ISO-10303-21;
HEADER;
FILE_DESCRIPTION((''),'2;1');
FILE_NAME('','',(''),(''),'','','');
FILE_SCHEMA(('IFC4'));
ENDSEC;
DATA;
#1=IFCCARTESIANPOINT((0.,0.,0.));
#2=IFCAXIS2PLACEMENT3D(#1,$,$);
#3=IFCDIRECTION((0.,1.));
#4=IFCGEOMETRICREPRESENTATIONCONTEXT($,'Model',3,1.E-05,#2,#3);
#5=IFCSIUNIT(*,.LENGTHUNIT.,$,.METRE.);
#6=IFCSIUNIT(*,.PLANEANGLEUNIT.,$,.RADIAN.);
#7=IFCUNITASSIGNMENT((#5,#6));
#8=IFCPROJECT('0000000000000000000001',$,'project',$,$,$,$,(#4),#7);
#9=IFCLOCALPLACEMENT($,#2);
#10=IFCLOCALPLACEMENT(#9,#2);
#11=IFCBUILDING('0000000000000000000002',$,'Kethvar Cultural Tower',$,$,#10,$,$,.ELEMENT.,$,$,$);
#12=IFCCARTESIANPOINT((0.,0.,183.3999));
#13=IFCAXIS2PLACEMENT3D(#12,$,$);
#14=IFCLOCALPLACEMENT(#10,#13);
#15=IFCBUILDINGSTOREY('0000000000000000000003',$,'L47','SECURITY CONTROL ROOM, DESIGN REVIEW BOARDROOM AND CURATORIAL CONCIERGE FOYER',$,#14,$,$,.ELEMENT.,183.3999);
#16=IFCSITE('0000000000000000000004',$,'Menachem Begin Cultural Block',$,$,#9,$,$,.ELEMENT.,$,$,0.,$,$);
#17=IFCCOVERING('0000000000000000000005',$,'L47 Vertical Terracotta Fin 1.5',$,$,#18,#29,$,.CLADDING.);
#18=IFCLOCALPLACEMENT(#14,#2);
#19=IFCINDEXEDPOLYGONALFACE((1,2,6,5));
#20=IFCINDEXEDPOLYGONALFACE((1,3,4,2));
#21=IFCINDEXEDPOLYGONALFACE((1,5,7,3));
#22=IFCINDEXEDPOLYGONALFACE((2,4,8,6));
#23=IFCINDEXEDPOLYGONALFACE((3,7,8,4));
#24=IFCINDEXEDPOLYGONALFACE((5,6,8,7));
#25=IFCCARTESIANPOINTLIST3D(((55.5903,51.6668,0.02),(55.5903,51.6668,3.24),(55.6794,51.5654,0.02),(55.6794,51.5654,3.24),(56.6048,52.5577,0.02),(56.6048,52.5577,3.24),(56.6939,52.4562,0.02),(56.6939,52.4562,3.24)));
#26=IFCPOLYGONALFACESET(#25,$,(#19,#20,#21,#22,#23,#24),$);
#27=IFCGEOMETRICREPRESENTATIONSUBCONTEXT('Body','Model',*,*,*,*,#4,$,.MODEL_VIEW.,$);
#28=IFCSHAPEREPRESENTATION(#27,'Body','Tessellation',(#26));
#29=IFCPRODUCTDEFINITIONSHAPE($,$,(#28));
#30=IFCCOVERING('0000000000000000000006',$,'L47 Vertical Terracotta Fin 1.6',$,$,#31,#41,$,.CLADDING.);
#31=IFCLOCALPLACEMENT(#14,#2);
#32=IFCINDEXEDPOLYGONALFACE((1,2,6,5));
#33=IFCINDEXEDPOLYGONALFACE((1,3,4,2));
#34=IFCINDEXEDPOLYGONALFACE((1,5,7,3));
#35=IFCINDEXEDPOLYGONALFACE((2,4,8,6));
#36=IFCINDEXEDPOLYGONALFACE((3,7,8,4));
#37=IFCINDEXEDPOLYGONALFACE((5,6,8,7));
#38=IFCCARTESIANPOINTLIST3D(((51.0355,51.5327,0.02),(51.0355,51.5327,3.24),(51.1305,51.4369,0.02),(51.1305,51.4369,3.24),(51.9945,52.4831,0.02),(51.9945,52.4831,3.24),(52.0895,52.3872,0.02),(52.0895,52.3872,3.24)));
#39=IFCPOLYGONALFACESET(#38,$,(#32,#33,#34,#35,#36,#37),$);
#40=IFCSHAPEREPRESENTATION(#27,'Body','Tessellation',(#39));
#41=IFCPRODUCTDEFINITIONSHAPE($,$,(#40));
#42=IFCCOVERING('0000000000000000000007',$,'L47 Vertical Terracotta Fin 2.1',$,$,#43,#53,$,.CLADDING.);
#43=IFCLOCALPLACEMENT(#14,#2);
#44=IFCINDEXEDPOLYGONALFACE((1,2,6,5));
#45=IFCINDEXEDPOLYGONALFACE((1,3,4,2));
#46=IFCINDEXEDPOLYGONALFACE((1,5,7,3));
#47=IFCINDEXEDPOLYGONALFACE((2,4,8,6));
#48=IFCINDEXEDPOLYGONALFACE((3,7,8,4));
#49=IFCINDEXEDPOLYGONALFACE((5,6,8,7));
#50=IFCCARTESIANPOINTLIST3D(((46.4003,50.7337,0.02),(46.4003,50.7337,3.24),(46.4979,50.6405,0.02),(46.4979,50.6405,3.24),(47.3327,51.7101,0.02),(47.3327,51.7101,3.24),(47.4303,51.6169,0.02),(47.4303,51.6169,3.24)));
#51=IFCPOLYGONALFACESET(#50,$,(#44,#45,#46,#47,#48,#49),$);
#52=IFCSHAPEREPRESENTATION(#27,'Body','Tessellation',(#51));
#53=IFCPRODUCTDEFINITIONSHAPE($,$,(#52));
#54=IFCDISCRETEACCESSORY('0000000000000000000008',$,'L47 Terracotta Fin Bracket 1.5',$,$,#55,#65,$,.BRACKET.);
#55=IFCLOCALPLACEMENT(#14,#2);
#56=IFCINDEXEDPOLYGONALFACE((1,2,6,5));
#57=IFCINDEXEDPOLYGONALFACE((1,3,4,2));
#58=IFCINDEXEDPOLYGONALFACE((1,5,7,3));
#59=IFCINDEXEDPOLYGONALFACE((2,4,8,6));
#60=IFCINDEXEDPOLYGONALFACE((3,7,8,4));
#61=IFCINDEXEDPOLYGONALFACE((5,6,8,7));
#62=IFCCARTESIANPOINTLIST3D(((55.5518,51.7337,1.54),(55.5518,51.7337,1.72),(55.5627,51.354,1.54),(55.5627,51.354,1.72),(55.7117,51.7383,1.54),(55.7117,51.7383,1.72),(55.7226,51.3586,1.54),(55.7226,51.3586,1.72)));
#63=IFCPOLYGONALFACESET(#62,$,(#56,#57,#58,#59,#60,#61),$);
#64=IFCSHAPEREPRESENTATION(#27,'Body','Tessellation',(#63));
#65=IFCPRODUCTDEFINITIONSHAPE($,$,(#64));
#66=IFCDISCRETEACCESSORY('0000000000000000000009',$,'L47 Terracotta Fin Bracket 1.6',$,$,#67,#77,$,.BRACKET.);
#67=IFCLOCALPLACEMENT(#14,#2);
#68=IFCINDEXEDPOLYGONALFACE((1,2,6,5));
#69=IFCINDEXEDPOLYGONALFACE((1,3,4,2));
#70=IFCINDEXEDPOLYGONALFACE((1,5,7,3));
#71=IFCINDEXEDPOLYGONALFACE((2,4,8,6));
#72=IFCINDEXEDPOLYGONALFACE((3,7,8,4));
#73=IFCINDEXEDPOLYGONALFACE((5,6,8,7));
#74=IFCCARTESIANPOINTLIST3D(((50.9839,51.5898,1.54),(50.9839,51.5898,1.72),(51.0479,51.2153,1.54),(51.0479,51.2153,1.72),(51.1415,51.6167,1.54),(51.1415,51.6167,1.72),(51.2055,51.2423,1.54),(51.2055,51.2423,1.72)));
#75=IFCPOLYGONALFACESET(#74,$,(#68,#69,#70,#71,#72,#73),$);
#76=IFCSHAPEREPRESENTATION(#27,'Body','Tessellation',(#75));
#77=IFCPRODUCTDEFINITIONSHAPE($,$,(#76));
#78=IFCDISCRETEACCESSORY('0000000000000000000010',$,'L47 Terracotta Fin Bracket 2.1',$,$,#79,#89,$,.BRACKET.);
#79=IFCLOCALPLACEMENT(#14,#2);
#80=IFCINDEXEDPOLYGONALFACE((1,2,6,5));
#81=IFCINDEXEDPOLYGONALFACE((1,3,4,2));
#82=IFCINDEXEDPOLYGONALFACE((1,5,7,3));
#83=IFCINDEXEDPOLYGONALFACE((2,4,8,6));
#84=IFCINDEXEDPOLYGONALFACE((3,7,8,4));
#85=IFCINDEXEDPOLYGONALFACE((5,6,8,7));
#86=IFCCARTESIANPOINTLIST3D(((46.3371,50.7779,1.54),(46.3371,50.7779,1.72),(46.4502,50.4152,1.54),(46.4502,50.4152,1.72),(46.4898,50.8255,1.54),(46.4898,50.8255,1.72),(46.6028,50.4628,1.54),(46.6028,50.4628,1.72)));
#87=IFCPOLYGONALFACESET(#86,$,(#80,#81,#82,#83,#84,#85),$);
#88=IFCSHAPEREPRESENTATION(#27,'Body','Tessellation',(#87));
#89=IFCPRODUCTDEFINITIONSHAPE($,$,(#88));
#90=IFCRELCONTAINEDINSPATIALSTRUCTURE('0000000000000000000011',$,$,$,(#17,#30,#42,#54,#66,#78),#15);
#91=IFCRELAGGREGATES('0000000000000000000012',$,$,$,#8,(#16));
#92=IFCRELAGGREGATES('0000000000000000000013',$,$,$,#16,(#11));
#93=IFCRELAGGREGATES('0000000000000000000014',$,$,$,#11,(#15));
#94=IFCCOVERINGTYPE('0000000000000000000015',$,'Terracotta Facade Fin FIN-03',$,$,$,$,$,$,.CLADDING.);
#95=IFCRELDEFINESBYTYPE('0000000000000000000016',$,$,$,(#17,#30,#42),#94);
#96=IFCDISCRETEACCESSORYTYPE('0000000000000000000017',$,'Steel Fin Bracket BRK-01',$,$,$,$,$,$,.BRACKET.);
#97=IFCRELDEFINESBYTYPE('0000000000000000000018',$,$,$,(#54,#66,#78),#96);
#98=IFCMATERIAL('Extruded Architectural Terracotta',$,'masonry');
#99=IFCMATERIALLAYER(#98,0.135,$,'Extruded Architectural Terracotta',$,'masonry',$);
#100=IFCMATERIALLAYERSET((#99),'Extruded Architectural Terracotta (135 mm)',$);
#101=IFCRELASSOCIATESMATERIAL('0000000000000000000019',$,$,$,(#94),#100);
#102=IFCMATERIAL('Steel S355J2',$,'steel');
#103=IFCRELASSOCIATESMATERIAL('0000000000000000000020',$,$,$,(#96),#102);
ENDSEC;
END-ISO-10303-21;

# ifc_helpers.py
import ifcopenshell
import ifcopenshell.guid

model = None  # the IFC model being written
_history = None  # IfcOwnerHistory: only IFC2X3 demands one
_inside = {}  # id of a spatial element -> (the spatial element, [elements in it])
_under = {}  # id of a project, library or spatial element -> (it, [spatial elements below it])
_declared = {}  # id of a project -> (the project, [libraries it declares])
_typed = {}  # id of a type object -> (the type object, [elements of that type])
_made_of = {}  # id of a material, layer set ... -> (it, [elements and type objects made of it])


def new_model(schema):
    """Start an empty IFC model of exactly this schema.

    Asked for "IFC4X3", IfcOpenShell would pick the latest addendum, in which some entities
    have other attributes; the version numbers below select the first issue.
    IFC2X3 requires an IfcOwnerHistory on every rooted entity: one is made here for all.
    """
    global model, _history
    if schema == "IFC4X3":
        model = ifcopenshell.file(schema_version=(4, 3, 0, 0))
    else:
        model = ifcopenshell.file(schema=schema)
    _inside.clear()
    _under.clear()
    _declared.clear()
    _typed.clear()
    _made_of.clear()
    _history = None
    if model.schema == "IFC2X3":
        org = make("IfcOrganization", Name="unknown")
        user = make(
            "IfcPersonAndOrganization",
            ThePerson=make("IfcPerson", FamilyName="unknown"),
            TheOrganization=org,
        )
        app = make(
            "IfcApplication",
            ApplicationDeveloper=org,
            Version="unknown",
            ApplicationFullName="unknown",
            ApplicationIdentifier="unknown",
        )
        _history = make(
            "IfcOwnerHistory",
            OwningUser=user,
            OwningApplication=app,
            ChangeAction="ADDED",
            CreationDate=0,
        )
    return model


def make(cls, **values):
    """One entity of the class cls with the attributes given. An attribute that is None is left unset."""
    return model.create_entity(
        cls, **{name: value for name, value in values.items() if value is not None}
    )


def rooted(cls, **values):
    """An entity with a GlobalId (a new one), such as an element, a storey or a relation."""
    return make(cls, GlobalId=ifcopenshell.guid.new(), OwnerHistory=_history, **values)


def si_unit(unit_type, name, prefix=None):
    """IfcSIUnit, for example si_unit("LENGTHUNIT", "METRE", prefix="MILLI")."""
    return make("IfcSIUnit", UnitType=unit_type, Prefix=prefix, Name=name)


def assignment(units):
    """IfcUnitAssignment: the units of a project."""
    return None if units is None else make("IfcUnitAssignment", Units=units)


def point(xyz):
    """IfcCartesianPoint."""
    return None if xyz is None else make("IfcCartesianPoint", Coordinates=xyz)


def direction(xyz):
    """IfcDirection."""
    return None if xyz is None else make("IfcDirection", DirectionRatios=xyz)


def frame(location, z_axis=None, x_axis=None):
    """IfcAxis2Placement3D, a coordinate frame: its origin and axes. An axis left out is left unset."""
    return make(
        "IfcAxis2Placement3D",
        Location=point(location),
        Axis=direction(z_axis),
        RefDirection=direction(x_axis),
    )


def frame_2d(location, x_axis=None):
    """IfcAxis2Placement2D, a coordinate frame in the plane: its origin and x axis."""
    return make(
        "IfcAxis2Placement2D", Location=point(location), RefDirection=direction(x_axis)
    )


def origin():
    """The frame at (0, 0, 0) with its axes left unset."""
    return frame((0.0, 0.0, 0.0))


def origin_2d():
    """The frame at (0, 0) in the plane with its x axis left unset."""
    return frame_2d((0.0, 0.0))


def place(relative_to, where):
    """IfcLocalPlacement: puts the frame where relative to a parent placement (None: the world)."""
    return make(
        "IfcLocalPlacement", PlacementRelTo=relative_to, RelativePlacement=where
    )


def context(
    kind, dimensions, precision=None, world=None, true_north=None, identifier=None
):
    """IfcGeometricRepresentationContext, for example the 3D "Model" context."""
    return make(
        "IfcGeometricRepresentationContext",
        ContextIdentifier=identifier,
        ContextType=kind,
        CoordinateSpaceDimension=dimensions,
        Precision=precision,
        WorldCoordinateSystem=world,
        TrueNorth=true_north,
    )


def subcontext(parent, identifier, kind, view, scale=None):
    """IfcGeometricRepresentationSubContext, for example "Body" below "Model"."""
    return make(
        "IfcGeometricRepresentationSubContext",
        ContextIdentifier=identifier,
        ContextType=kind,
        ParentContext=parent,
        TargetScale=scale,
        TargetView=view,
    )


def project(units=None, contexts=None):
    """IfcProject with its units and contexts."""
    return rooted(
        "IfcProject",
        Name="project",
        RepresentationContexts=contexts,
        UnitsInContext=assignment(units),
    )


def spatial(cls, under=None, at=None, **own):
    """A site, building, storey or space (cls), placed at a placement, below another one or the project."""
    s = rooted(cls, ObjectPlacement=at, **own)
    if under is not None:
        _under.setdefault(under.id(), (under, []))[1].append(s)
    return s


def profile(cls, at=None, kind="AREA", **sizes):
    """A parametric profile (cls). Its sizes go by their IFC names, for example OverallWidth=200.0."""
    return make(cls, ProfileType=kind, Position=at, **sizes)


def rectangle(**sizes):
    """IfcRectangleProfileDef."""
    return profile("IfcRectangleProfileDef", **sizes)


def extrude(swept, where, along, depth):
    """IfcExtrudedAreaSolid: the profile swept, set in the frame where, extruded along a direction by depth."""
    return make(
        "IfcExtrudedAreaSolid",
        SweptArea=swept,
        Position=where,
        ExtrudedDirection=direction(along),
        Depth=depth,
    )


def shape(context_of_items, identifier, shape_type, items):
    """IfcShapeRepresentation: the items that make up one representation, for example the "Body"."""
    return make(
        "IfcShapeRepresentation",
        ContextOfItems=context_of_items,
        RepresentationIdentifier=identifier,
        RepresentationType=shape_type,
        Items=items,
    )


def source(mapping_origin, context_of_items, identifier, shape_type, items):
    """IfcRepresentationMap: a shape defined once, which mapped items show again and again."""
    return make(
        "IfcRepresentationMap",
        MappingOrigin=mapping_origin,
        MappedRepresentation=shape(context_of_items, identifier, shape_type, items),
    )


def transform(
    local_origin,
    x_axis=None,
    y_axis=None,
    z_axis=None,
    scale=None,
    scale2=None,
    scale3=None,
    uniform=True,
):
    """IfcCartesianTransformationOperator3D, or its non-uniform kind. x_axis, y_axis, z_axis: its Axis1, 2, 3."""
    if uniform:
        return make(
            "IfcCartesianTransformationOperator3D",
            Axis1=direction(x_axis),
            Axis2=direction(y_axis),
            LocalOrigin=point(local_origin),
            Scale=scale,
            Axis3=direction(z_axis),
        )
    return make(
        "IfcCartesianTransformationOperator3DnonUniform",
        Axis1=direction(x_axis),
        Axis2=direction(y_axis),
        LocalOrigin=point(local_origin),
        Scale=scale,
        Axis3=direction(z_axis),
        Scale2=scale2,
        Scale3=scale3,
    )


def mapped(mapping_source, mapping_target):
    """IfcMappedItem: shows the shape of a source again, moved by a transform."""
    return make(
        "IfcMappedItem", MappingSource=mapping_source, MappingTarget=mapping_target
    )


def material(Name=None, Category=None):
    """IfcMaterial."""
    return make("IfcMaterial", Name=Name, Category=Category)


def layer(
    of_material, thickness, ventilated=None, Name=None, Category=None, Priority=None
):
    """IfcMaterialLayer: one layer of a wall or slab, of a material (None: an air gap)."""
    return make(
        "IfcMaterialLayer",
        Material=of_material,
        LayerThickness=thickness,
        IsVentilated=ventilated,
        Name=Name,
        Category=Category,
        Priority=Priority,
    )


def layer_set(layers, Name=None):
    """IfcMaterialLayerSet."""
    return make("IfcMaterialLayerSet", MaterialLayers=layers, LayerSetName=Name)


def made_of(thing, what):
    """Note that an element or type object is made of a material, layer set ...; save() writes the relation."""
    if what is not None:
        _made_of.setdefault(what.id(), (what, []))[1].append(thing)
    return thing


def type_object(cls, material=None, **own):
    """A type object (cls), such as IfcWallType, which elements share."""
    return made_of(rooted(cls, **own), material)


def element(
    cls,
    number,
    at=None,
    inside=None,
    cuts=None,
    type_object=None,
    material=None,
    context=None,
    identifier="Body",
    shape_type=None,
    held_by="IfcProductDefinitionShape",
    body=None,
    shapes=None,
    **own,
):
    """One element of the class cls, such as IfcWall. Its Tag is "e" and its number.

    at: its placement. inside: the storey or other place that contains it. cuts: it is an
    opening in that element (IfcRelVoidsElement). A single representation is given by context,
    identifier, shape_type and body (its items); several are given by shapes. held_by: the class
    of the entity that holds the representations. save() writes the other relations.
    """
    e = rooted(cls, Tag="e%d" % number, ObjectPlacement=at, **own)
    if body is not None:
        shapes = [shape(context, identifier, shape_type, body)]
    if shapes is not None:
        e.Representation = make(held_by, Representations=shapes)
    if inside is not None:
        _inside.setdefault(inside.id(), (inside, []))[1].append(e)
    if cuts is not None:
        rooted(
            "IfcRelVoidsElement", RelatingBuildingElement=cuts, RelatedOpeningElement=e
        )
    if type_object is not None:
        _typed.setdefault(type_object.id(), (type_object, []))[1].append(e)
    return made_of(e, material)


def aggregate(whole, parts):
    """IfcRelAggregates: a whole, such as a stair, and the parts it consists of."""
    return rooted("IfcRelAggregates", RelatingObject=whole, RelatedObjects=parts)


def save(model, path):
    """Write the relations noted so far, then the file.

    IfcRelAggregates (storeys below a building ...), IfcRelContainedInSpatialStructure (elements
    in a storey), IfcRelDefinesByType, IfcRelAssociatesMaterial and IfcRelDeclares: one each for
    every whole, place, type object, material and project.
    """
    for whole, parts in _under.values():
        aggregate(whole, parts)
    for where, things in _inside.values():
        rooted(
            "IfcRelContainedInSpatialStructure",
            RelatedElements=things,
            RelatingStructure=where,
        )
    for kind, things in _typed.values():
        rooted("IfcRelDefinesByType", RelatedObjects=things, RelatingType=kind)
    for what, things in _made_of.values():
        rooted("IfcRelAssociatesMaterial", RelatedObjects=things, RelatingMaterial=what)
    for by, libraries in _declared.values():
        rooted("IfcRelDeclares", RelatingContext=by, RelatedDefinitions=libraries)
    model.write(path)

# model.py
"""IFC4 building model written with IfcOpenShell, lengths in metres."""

from ifc_helpers import new_model, si_unit, direction, frame, origin, origin_2d, place, context, subcontext, project, spatial, rectangle, extrude, source, transform, mapped, material, layer, layer_set, type_object, element, save


model = new_model("IFC4")

# Units and contexts
model_context = context("Model", 3, precision=1e-05, world=origin(), true_north=direction((0.0, 1.0)))
body_context = subcontext(model_context, "Body", "Model", "MODEL_VIEW")
ifc_project = project(units=[si_unit("LENGTHUNIT", "METRE"), si_unit("PLANEANGLEUNIT", "RADIAN")], contexts=[model_context])

# Site, building, storey
site_placement = place(None, origin())
site = spatial("IfcSite", under=ifc_project, at=site_placement, Name="Menachem Begin Cultural Block", CompositionType="ELEMENT", RefElevation=0.0)
building_placement = place(site_placement, origin())
building = spatial("IfcBuilding", under=site, at=building_placement, Name="Kethvar Cultural Tower", CompositionType="ELEMENT")
storey_placement = place(building_placement, frame((0.0, 0.0, 183.3999)))
storey = spatial("IfcBuildingStorey", under=building, at=storey_placement, Name="L47", Description="SECURITY CONTROL ROOM, DESIGN REVIEW BOARDROOM AND CURATORIAL CONCIERGE FOYER", CompositionType="ELEMENT", Elevation=183.3999)

# Shared definitions
ifc_material_1 = material(Name="Steel S355J2", Category="steel")

# Coverings
ifc_material_2 = material(Name="Extruded Architectural Terracotta", Category="masonry")
ifc_layer_1 = layer(ifc_material_2, 0.135, Name="Extruded Architectural Terracotta", Category="masonry")
ifc_layer_set_1 = layer_set([ifc_layer_1], Name="Extruded Architectural Terracotta (135 mm)")
covering_type = type_object("IfcCoveringType", Name="Terracotta Facade Fin FIN-03", PredefinedType="CLADDING", material=ifc_layer_set_1)
shared_shape_1 = source(origin(), body_context, "Body", "SweptSolid", [
    extrude(rectangle(XDim=1.3501, YDim=0.135, at=origin_2d()), origin(), (0.0, 0.0, 1.0), 3.22),
])
for number, where, z_axis, x_axis, name in (
    (1, (56.1421, 52.0615, 0.02), (0.0, 0.0, 1.0), (0.751379, 0.659871, 0.0), "L47 Vertical Terracotta Fin 1.5"),
    (2, (51.5625, 51.96, 0.02), (0.0, 0.0, 1.0), (0.710308, 0.703891, 0.0), "L47 Vertical Terracotta Fin 1.6"),
    (3, (46.9153, 51.1753, 0.02), (0.0, 0.0, 1.0), (0.69063, 0.723208, 0.0), "L47 Vertical Terracotta Fin 2.1"),
):
    element("IfcCovering", number, at=place(storey_placement, frame(where, z_axis=z_axis, x_axis=x_axis)), inside=storey, type_object=covering_type, Name=name, PredefinedType="CLADDING", context=body_context, shape_type="MappedRepresentation", body=[
        mapped(shared_shape_1, transform((0.0, 0.0, 0.0), scale=1.0)),
    ])

# Discrete accessories
discrete_accessory_type = type_object("IfcDiscreteAccessoryType", Name="Steel Fin Bracket BRK-01", PredefinedType="BRACKET", material=ifc_material_1)
shared_shape_2 = source(origin(), body_context, "Body", "SweptSolid", [
    extrude(rectangle(XDim=0.3799, YDim=0.1599, at=origin_2d()), origin(), (0.0, 0.0, 1.0), 0.1799),
])
for number, where, z_axis, x_axis, name in (
    (4, (55.6372, 51.5461, 1.54), (0.0, 0.0, 1.0), (-0.028619, 0.99959, 0.0), "L47 Terracotta Fin Bracket 1.5"),
    (5, (51.0947, 51.416, 1.54), (0.0, 0.0, 1.0), (-0.168489, 0.985703, 0.0), "L47 Terracotta Fin Bracket 1.6"),
    (6, (46.47, 50.6204, 1.54), (0.0, 0.0, 1.0), (-0.297542, 0.954709, 0.0), "L47 Terracotta Fin Bracket 2.1"),
):
    element("IfcDiscreteAccessory", number, at=place(storey_placement, frame(where, z_axis=z_axis, x_axis=x_axis)), inside=storey, type_object=discrete_accessory_type, Name=name, PredefinedType="BRACKET", context=body_context, shape_type="MappedRepresentation", body=[
        mapped(shared_shape_2, transform((0.0, 0.0, 0.0), scale=1.0)),
    ])

save(model, "model.ifc")
